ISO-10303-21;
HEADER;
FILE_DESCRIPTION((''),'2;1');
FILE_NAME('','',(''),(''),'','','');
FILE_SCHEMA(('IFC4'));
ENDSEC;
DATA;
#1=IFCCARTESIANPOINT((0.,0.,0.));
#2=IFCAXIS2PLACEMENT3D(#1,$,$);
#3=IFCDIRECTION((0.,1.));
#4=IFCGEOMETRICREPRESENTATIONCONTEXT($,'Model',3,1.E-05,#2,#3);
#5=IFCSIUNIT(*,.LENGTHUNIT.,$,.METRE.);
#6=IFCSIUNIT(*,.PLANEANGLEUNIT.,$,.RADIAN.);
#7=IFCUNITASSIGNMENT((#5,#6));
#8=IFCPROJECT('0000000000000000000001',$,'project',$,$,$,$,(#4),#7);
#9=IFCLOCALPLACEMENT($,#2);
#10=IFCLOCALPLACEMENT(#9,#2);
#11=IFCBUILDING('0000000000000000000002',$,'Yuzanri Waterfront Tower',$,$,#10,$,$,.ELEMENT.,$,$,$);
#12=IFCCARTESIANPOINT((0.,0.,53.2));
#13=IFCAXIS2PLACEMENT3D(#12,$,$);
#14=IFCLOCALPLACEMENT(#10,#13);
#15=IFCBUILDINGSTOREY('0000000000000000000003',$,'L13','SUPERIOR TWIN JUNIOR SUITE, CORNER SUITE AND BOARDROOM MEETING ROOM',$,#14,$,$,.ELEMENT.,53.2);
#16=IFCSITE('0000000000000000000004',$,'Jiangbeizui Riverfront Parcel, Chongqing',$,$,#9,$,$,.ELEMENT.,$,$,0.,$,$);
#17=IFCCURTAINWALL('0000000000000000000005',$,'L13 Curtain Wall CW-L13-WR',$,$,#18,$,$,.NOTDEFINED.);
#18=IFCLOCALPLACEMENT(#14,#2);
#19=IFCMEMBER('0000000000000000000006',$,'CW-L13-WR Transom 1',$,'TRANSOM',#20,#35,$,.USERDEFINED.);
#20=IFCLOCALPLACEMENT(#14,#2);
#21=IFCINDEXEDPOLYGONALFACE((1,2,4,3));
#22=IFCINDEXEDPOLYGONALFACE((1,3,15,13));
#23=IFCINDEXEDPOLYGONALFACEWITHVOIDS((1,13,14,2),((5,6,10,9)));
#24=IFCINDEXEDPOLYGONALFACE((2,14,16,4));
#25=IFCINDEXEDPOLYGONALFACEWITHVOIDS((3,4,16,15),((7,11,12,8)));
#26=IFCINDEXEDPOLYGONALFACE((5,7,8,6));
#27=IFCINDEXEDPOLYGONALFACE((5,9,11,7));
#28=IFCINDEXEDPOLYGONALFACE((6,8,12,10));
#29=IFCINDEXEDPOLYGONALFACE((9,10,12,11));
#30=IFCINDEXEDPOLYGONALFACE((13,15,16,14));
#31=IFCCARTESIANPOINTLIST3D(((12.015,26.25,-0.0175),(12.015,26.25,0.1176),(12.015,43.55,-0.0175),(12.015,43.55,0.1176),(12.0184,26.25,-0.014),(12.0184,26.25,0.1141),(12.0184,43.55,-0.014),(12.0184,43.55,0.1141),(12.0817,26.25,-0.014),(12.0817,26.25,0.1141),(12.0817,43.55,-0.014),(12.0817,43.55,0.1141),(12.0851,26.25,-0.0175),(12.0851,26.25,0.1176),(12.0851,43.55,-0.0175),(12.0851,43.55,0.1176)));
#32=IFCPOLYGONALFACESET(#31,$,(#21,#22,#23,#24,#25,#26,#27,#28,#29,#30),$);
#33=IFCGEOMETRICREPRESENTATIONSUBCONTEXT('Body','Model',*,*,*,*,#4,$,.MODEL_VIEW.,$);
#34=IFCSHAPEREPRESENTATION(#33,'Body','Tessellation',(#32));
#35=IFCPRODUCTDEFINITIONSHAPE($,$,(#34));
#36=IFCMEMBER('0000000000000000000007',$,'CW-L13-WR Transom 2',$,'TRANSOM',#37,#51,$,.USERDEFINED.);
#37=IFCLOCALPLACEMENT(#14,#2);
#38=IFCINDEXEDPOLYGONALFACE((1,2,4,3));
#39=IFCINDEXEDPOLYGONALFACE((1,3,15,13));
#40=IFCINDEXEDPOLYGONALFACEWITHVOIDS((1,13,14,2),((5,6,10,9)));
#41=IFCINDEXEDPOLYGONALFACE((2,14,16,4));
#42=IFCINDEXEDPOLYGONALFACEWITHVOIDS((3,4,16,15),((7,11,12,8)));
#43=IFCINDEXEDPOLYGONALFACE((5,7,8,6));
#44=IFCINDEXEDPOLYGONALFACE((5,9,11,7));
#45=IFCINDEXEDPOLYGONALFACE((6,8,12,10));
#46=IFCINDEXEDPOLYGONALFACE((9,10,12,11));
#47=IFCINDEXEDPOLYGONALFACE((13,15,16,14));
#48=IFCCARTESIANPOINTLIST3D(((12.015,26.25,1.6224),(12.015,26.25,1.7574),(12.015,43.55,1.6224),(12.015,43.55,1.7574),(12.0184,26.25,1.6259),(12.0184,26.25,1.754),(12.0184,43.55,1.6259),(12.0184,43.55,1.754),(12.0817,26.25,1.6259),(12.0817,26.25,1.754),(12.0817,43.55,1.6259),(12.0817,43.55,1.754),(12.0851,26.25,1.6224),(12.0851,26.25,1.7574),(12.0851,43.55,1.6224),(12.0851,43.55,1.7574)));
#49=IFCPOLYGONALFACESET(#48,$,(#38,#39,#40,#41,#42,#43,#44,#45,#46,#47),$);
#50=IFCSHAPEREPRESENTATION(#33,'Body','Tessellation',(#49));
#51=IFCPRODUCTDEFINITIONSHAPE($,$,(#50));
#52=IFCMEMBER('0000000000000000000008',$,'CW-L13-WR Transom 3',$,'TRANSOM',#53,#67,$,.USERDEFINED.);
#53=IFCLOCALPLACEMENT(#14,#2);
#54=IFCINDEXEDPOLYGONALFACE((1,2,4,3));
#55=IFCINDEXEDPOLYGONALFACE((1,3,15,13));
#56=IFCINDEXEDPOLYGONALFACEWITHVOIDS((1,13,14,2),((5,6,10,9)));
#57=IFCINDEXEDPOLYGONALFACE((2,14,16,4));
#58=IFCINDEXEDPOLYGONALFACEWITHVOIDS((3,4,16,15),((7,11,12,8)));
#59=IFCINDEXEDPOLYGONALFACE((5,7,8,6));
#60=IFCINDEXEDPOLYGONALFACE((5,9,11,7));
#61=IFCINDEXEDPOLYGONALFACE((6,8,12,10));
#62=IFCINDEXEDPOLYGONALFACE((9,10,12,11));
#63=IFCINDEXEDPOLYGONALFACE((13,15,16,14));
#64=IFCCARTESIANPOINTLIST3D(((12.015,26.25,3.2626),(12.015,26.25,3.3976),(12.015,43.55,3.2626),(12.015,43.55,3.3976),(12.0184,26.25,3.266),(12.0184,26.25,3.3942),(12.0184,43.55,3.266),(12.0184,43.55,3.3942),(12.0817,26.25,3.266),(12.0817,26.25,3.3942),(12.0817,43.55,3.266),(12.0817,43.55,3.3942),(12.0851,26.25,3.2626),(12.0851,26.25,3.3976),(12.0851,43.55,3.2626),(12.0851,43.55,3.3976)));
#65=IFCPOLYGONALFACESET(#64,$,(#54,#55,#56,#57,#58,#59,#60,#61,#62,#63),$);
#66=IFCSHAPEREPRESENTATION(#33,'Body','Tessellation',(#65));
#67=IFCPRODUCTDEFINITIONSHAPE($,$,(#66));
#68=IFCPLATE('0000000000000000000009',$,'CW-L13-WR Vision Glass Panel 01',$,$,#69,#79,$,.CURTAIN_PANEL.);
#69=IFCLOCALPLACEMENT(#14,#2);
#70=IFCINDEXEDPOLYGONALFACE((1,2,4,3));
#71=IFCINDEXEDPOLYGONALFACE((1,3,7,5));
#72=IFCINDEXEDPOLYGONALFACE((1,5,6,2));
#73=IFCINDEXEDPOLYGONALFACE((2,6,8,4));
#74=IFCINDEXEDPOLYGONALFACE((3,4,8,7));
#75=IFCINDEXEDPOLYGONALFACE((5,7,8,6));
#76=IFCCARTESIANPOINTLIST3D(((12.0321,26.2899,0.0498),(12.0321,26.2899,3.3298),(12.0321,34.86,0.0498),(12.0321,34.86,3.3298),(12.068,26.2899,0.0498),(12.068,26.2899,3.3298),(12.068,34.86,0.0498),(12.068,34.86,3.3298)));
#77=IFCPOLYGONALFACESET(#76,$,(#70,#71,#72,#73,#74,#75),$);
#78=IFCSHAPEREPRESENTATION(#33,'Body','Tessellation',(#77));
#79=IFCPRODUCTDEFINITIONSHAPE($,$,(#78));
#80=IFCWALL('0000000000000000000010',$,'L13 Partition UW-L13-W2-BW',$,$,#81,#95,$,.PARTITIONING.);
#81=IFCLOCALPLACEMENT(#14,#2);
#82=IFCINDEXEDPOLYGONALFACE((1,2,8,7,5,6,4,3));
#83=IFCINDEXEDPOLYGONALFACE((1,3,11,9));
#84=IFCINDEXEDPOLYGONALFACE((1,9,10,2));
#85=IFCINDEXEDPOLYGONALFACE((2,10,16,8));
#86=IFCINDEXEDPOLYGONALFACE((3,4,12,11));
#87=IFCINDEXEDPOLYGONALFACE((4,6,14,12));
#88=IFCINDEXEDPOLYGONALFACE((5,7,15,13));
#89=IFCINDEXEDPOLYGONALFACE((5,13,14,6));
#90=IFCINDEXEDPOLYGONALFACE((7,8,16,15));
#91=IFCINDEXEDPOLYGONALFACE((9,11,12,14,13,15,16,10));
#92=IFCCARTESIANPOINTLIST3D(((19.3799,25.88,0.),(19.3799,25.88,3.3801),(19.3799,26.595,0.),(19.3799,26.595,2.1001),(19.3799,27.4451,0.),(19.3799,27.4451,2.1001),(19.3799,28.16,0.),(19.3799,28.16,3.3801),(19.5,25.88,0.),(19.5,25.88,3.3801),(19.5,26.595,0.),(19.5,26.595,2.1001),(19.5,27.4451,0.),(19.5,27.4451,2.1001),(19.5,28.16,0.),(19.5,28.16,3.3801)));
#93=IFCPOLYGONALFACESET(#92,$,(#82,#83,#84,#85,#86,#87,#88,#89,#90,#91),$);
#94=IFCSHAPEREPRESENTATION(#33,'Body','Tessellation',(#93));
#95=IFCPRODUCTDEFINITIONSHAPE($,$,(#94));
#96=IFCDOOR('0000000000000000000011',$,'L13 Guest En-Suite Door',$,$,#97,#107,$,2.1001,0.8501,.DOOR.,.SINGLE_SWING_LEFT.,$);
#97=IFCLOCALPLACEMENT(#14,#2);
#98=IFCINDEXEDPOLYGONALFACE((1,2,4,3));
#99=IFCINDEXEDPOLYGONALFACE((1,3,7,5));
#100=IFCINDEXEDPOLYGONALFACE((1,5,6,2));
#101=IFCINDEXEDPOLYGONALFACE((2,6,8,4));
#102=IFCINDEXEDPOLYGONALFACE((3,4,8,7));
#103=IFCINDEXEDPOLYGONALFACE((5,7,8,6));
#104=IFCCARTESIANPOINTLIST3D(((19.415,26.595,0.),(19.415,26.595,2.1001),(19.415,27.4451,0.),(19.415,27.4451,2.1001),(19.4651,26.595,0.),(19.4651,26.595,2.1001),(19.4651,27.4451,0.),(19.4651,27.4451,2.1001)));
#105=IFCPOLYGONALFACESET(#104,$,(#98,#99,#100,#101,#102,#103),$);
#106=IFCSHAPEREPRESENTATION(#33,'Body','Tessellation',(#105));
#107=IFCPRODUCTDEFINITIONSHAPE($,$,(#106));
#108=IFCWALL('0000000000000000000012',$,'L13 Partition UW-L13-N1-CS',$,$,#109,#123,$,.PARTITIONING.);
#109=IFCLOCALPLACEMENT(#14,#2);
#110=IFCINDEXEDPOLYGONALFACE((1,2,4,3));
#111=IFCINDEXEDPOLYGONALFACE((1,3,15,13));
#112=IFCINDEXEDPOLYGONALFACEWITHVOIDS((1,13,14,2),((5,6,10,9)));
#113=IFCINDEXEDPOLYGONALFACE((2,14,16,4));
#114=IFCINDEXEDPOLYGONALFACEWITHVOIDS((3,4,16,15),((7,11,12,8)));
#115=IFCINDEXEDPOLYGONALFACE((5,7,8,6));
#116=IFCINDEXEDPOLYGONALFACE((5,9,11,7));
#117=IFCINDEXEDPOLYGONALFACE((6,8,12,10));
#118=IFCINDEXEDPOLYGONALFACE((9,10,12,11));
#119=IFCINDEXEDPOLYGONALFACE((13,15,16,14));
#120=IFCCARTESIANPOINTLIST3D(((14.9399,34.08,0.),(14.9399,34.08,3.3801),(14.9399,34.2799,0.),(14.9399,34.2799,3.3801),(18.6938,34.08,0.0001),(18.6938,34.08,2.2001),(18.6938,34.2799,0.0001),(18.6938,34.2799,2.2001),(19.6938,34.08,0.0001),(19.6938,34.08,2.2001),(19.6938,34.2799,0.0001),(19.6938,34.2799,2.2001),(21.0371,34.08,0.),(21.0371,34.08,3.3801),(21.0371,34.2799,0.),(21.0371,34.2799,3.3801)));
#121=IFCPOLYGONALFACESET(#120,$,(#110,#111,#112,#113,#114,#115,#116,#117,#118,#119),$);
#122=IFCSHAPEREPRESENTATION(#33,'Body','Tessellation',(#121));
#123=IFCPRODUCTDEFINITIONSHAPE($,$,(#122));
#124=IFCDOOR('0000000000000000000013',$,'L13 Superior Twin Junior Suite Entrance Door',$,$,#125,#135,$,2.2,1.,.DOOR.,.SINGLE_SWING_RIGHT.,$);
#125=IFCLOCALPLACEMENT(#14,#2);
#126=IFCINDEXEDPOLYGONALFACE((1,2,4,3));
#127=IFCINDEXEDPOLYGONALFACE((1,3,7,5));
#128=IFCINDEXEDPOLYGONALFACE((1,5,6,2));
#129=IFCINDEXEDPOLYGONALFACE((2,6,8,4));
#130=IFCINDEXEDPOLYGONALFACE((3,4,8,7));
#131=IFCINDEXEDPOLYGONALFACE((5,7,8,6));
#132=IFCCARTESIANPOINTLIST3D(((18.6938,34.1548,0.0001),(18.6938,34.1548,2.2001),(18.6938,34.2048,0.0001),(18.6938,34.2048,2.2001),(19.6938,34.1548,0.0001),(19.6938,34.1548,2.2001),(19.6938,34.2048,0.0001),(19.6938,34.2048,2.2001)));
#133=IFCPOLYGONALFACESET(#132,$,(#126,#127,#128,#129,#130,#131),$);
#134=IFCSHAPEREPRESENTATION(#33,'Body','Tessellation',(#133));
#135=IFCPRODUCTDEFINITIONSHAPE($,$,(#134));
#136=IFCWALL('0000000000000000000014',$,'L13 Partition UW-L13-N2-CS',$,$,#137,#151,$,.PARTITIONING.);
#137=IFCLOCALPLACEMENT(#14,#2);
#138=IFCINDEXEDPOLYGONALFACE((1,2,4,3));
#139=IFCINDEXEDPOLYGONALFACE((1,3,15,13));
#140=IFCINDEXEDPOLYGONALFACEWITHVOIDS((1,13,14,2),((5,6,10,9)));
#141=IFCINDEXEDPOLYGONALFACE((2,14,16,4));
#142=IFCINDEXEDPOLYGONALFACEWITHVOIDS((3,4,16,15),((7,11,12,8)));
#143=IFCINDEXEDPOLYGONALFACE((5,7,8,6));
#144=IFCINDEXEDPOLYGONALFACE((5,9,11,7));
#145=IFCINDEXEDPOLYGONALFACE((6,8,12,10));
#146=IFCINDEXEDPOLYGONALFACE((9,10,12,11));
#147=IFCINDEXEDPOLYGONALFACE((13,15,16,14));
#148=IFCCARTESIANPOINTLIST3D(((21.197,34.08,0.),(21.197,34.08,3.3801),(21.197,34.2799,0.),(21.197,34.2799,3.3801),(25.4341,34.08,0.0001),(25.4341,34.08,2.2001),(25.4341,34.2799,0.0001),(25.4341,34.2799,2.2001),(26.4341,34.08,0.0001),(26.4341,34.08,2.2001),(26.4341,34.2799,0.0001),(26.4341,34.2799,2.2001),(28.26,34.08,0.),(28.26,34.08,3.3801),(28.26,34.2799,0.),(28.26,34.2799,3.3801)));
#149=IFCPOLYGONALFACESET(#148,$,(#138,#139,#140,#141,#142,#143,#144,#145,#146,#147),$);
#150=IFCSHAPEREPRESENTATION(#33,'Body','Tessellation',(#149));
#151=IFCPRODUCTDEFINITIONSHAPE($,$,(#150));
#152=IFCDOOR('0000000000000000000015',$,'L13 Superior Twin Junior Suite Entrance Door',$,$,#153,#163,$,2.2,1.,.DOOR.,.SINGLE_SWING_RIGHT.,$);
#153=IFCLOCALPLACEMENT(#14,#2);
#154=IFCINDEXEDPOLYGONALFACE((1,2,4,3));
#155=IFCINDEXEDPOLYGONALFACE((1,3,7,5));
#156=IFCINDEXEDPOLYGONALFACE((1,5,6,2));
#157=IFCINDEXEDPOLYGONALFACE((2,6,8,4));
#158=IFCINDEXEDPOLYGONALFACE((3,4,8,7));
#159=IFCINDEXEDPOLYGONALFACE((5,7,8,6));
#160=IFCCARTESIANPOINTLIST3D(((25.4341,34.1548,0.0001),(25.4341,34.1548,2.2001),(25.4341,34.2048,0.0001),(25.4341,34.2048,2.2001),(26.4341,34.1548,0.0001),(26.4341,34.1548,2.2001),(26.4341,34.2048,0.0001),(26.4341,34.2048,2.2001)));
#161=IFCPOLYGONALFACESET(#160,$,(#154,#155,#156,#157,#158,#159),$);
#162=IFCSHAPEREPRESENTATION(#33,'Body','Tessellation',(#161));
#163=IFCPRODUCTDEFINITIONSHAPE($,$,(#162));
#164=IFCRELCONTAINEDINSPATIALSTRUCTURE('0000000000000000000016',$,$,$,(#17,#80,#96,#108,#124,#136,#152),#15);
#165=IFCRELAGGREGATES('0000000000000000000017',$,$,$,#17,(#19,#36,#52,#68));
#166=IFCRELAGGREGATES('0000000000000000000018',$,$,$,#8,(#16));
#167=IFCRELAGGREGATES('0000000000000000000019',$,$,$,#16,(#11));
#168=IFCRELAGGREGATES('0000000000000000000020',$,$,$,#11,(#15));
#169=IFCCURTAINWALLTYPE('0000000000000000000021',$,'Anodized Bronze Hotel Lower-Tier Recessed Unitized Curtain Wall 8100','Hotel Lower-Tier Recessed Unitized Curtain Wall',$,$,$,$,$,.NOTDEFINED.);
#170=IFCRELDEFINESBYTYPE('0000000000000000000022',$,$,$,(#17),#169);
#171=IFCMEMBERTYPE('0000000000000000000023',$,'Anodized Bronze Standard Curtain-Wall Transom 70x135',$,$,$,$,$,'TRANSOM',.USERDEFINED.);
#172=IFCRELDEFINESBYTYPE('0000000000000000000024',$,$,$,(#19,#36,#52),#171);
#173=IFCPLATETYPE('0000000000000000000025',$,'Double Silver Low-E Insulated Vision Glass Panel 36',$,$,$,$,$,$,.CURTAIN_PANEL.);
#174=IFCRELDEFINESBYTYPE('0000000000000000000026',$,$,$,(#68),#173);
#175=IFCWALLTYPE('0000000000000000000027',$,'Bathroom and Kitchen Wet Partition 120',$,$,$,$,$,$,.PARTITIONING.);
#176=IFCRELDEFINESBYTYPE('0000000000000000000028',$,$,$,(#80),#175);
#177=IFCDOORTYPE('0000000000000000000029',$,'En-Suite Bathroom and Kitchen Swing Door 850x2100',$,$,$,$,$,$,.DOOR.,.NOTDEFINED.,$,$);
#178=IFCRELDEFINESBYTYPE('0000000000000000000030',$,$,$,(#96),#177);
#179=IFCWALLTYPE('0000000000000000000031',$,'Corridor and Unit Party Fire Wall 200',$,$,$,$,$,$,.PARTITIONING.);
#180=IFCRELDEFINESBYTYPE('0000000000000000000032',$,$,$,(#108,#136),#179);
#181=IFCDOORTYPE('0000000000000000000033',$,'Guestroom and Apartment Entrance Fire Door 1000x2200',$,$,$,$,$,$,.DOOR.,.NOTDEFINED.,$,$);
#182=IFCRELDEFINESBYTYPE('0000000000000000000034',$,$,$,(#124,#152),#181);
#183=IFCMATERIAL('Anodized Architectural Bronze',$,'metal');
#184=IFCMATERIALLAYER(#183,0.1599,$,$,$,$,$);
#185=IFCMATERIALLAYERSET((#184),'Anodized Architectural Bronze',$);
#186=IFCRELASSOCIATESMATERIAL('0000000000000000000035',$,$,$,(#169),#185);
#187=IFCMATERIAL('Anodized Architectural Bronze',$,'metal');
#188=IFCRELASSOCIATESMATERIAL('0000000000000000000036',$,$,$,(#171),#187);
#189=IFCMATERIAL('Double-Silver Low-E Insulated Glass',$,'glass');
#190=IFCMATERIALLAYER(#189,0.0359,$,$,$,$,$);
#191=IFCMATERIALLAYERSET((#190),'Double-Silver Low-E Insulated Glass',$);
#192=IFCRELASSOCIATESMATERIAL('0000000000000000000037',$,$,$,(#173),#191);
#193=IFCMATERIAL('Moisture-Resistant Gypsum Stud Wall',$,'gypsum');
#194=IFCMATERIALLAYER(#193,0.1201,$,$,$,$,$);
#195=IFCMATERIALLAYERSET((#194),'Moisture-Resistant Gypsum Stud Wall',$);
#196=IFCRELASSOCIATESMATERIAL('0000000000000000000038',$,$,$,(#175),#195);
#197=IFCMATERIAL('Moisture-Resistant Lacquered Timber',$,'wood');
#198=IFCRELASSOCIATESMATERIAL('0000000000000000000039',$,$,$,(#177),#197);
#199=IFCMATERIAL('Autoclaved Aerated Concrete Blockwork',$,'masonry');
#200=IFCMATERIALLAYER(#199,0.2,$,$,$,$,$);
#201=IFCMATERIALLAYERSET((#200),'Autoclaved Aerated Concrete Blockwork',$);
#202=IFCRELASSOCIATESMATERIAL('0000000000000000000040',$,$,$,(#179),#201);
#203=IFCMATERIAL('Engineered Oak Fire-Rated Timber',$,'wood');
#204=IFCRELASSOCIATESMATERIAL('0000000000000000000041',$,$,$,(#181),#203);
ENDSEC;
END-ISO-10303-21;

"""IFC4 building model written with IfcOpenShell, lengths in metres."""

from ifc_helpers import new_model, si_unit, direction, frame, frame_2d, origin, origin_2d, place, context, subcontext, project, spatial, rectangle, hollow_rectangle, extrude, source, transform, mapped, material, layer, layer_set, material_profile, profile_set, type_object, element, fill, aggregate, save


model = new_model("IFC4")

# Units and contexts
model_context = context("Model", 3, precision=1e-05, world=origin(), true_north=direction((0.0, 1.0)))
body_context = subcontext(model_context, "Body", "Model", "MODEL_VIEW")
ifc_project = project(units=[si_unit("LENGTHUNIT", "METRE"), si_unit("PLANEANGLEUNIT", "RADIAN")], contexts=[model_context])

# Site, building, storey
site_placement = place(None, origin())
site = spatial("IfcSite", under=ifc_project, at=site_placement, Name="Jiangbeizui Riverfront Parcel, Chongqing", CompositionType="ELEMENT", RefElevation=0.0)
building_placement = place(site_placement, origin())
building = spatial("IfcBuilding", under=site, at=building_placement, Name="Yuzanri Waterfront Tower", CompositionType="ELEMENT")
storey_placement = place(building_placement, frame((0.0, 0.0, 53.2)))
storey = spatial("IfcBuildingStorey", under=building, at=storey_placement, Name="L13", Description="SUPERIOR TWIN JUNIOR SUITE, CORNER SUITE AND BOARDROOM MEETING ROOM", CompositionType="ELEMENT", Elevation=53.2)

# Curtain wall, members, plate
ifc_material_1 = material(Name="Anodized Architectural Bronze", Category="metal")
ifc_layer_1 = layer(ifc_material_1, 0.1599)
ifc_layer_set_1 = layer_set([ifc_layer_1], Name="Anodized Architectural Bronze")
curtain_wall_type = type_object("IfcCurtainWallType", Name="Anodized Bronze Hotel Lower-Tier Recessed Unitized Curtain Wall 8100", Description="Hotel Lower-Tier Recessed Unitized Curtain Wall", PredefinedType="NOTDEFINED", material=ifc_layer_set_1)
curtain_wall_placement = place(storey_placement, origin())
curtain_wall = element("IfcCurtainWall", 1, at=curtain_wall_placement, inside=storey, type_object=curtain_wall_type, Name="L13 Curtain Wall CW-L13-WR", PredefinedType="NOTDEFINED")
ifc_material_2 = material(Name="Anodized Architectural Bronze", Category="metal")
ifc_material_profile_1 = material_profile(ifc_material_2, hollow_rectangle(XDim=0.0701, YDim=0.135, WallThickness=0.0034, at=origin_2d()), Name="CWT 70x135")
ifc_profile_set_1 = profile_set([ifc_material_profile_1], Name="Anodized Architectural Bronze")
member_type_1 = type_object("IfcMemberType", Name="Anodized Bronze Standard Curtain-Wall Transom 70x135", ElementType="TRANSOM", PredefinedType="USERDEFINED", material=ifc_profile_set_1)
shared_shape_1 = source(origin(), body_context, "Body", "SweptSolid", [
    extrude(hollow_rectangle(XDim=0.0701, YDim=0.135, WallThickness=0.0034, at=origin_2d()), origin(), (0.0, 0.0, 1.0), 17.3),
])
member_1_placement = place(storey_placement, frame((12.05, 26.25, 0.05), z_axis=(0.0, 1.0, 0.0), x_axis=(-1.0, 0.0, 0.0)))
member_1 = element("IfcMember", 2, at=member_1_placement, type_object=member_type_1, Name="CW-L13-WR Transom 1", ObjectType="TRANSOM", PredefinedType="USERDEFINED", context=body_context, shape_type="MappedRepresentation", body=[
    mapped(shared_shape_1, transform((0.0, 0.0, 0.0), scale=1.0)),
])
member_2_placement = place(storey_placement, frame((12.05, 26.25, 1.6899), z_axis=(0.0, 1.0, 0.0), x_axis=(-1.0, 0.0, 0.0)))
member_2 = element("IfcMember", 3, at=member_2_placement, type_object=member_type_1, Name="CW-L13-WR Transom 2", ObjectType="TRANSOM", PredefinedType="USERDEFINED", context=body_context, shape_type="MappedRepresentation", body=[
    mapped(shared_shape_1, transform((0.0, 0.0, 0.0), scale=1.0)),
])
member_3_placement = place(storey_placement, frame((12.05, 26.25, 3.3301), z_axis=(0.0, 1.0, 0.0), x_axis=(-1.0, 0.0, 0.0)))
member_3 = element("IfcMember", 4, at=member_3_placement, type_object=member_type_1, Name="CW-L13-WR Transom 3", ObjectType="TRANSOM", PredefinedType="USERDEFINED", context=body_context, shape_type="MappedRepresentation", body=[
    mapped(shared_shape_1, transform((0.0, 0.0, 0.0), scale=1.0)),
])
ifc_material_3 = material(Name="Double-Silver Low-E Insulated Glass", Category="glass")
ifc_layer_2 = layer(ifc_material_3, 0.0359)
ifc_layer_set_2 = layer_set([ifc_layer_2], Name="Double-Silver Low-E Insulated Glass")
plate_type = type_object("IfcPlateType", Name="Double Silver Low-E Insulated Vision Glass Panel 36", PredefinedType="CURTAIN_PANEL", material=ifc_layer_set_2)
shared_shape_2 = source(origin(), body_context, "Body", "SweptSolid", [
    extrude(rectangle(XDim=8.5701, YDim=0.0359, at=origin_2d()), origin(), (0.0, 0.0, 1.0), 3.28),
])
plate_placement = place(storey_placement, frame((12.05, 30.575, 0.0498), z_axis=(0.0, 0.0, 1.0), x_axis=(0.0, 1.0, 0.0)))
plate = element("IfcPlate", 5, at=plate_placement, type_object=plate_type, Name="CW-L13-WR Vision Glass Panel 01", PredefinedType="CURTAIN_PANEL", context=body_context, shape_type="MappedRepresentation", body=[
    mapped(shared_shape_2, transform((0.0, 0.0, 0.0), scale=1.0)),
])
aggregate(curtain_wall, [member_1, member_2, member_3, plate])

# Wall, opening, door
ifc_material_4 = material(Name="Moisture-Resistant Gypsum Stud Wall", Category="gypsum")
ifc_layer_3 = layer(ifc_material_4, 0.1201)
ifc_layer_set_3 = layer_set([ifc_layer_3], Name="Moisture-Resistant Gypsum Stud Wall")
wall_type_1 = type_object("IfcWallType", Name="Bathroom and Kitchen Wet Partition 120", PredefinedType="PARTITIONING", material=ifc_layer_set_3)
wall_1_placement = place(storey_placement, frame((19.4399, 25.8799, 0.0), z_axis=(0.0, 0.0, 1.0), x_axis=(0.0, 1.0, 0.0)))
wall_1 = element("IfcWall", 6, at=wall_1_placement, inside=storey, type_object=wall_type_1, Name="L13 Partition UW-L13-W2-BW", PredefinedType="PARTITIONING", context=body_context, shape_type="SweptSolid", body=[
    extrude(rectangle(XDim=2.28, YDim=0.1201, at=frame_2d((1.1401, 0.0))), origin(), (0.0, 0.0, 1.0), 3.3801),
])
opening_1_placement = place(wall_1_placement, frame((0.7151, 0.0, 0.0)))
opening_1 = element("IfcOpeningElement", 7, at=opening_1_placement, cuts=wall_1, PredefinedType="OPENING", context=body_context, shape_type="SweptSolid", body=[
    extrude(rectangle(XDim=0.8501, YDim=2.1001, at=frame_2d((0.425, 1.05))), frame((0.0, 0.075, 0.0), z_axis=(0.0, -1.0, 0.0), x_axis=(1.0, 0.0, 0.0)), (0.0, 0.0, 1.0), 0.1499),
])
ifc_material_5 = material(Name="Moisture-Resistant Lacquered Timber", Category="wood")
door_type_1 = type_object("IfcDoorType", Name="En-Suite Bathroom and Kitchen Swing Door 850x2100", OperationType="NOTDEFINED", PredefinedType="DOOR", material=ifc_material_5)
shared_shape_3 = source(origin(), body_context, "Body", "SweptSolid", [
    extrude(rectangle(XDim=0.8501, YDim=2.1001, at=frame_2d((0.425, 1.05))), frame((0.0, 0.0249, 0.0), z_axis=(0.0, -1.0, 0.0), x_axis=(1.0, 0.0, 0.0)), (0.0, 0.0, 1.0), 0.05),
])
door_1_placement = place(opening_1_placement, origin())
door_1 = element("IfcDoor", 8, at=door_1_placement, inside=storey, type_object=door_type_1, Name="L13 Guest En-Suite Door", OperationType="SINGLE_SWING_LEFT", OverallHeight=2.1001, OverallWidth=0.8501, PredefinedType="DOOR", context=body_context, shape_type="MappedRepresentation", body=[
    mapped(shared_shape_3, transform((0.0, 0.0, 0.0), scale=1.0)),
])
fill(opening_1, door_1)

# Walls, openings, doors
ifc_material_6 = material(Name="Autoclaved Aerated Concrete Blockwork", Category="masonry")
ifc_layer_4 = layer(ifc_material_6, 0.2)
ifc_layer_set_4 = layer_set([ifc_layer_4], Name="Autoclaved Aerated Concrete Blockwork")
wall_type_2 = type_object("IfcWallType", Name="Corridor and Unit Party Fire Wall 200", PredefinedType="PARTITIONING", material=ifc_layer_set_4)
wall_2_placement = place(storey_placement, frame((14.9399, 34.1799, 0.0), z_axis=(0.0, 0.0, 1.0), x_axis=(1.0, 0.0, 0.0)))
wall_2 = element("IfcWall", 9, at=wall_2_placement, inside=storey, type_object=wall_type_2, Name="L13 Partition UW-L13-N1-CS", PredefinedType="PARTITIONING", context=body_context, shape_type="SweptSolid", body=[
    extrude(rectangle(XDim=6.0972, YDim=0.2, at=frame_2d((3.0486, 0.0))), origin(), (0.0, 0.0, 1.0), 3.3801),
])
opening_2_placement = place(wall_2_placement, frame((3.7539, 0.0, 0.0)))
opening_2 = element("IfcOpeningElement", 10, at=opening_2_placement, cuts=wall_2, PredefinedType="OPENING", context=body_context, shape_type="SweptSolid", body=[
    extrude(rectangle(XDim=1.0, YDim=2.2, at=frame_2d((0.5, 1.1001))), frame((0.0, 0.1147, 0.0), z_axis=(0.0, -1.0, 0.0), x_axis=(1.0, 0.0, 0.0)), (0.0, 0.0, 1.0), 0.2297),
])
ifc_material_7 = material(Name="Engineered Oak Fire-Rated Timber", Category="wood")
door_type_2 = type_object("IfcDoorType", Name="Guestroom and Apartment Entrance Fire Door 1000x2200", OperationType="NOTDEFINED", PredefinedType="DOOR", material=ifc_material_7)
shared_shape_4 = source(origin(), body_context, "Body", "SweptSolid", [
    extrude(rectangle(XDim=1.0, YDim=2.2, at=frame_2d((0.5, 1.1001))), frame((0.0, 0.0249, 0.0), z_axis=(0.0, -1.0, 0.0), x_axis=(1.0, 0.0, 0.0)), (0.0, 0.0, 1.0), 0.05),
])
door_2_placement = place(opening_2_placement, origin())
door_2 = element("IfcDoor", 11, at=door_2_placement, inside=storey, type_object=door_type_2, Name="L13 Superior Twin Junior Suite Entrance Door", OperationType="SINGLE_SWING_RIGHT", OverallHeight=2.2, OverallWidth=1.0, PredefinedType="DOOR", context=body_context, shape_type="MappedRepresentation", body=[
    mapped(shared_shape_4, transform((0.0, 0.0, 0.0), scale=1.0)),
])
fill(opening_2, door_2)
wall_3_placement = place(storey_placement, frame((21.197, 34.1799, 0.0), z_axis=(0.0, 0.0, 1.0), x_axis=(1.0, 0.0, 0.0)))
wall_3 = element("IfcWall", 12, at=wall_3_placement, inside=storey, type_object=wall_type_2, Name="L13 Partition UW-L13-N2-CS", PredefinedType="PARTITIONING", context=body_context, shape_type="SweptSolid", body=[
    extrude(rectangle(XDim=7.063, YDim=0.2, at=frame_2d((3.5315, 0.0))), origin(), (0.0, 0.0, 1.0), 3.3801),
])
opening_3_placement = place(wall_3_placement, frame((4.2371, 0.0, 0.0)))
opening_3 = element("IfcOpeningElement", 13, at=opening_3_placement, cuts=wall_3, PredefinedType="OPENING", context=body_context, shape_type="SweptSolid", body=[
    extrude(rectangle(XDim=1.0, YDim=2.2, at=frame_2d((0.5, 1.1001))), frame((0.0, 0.1147, 0.0), z_axis=(0.0, -1.0, 0.0), x_axis=(1.0, 0.0, 0.0)), (0.0, 0.0, 1.0), 0.2297),
])
door_3_placement = place(opening_3_placement, origin())
door_3 = element("IfcDoor", 14, at=door_3_placement, inside=storey, type_object=door_type_2, Name="L13 Superior Twin Junior Suite Entrance Door", OperationType="SINGLE_SWING_RIGHT", OverallHeight=2.2, OverallWidth=1.0, PredefinedType="DOOR", context=body_context, shape_type="MappedRepresentation", body=[
    mapped(shared_shape_4, transform((0.0, 0.0, 0.0), scale=1.0)),
])
fill(opening_3, door_3)

save(model, "model.ifc")
